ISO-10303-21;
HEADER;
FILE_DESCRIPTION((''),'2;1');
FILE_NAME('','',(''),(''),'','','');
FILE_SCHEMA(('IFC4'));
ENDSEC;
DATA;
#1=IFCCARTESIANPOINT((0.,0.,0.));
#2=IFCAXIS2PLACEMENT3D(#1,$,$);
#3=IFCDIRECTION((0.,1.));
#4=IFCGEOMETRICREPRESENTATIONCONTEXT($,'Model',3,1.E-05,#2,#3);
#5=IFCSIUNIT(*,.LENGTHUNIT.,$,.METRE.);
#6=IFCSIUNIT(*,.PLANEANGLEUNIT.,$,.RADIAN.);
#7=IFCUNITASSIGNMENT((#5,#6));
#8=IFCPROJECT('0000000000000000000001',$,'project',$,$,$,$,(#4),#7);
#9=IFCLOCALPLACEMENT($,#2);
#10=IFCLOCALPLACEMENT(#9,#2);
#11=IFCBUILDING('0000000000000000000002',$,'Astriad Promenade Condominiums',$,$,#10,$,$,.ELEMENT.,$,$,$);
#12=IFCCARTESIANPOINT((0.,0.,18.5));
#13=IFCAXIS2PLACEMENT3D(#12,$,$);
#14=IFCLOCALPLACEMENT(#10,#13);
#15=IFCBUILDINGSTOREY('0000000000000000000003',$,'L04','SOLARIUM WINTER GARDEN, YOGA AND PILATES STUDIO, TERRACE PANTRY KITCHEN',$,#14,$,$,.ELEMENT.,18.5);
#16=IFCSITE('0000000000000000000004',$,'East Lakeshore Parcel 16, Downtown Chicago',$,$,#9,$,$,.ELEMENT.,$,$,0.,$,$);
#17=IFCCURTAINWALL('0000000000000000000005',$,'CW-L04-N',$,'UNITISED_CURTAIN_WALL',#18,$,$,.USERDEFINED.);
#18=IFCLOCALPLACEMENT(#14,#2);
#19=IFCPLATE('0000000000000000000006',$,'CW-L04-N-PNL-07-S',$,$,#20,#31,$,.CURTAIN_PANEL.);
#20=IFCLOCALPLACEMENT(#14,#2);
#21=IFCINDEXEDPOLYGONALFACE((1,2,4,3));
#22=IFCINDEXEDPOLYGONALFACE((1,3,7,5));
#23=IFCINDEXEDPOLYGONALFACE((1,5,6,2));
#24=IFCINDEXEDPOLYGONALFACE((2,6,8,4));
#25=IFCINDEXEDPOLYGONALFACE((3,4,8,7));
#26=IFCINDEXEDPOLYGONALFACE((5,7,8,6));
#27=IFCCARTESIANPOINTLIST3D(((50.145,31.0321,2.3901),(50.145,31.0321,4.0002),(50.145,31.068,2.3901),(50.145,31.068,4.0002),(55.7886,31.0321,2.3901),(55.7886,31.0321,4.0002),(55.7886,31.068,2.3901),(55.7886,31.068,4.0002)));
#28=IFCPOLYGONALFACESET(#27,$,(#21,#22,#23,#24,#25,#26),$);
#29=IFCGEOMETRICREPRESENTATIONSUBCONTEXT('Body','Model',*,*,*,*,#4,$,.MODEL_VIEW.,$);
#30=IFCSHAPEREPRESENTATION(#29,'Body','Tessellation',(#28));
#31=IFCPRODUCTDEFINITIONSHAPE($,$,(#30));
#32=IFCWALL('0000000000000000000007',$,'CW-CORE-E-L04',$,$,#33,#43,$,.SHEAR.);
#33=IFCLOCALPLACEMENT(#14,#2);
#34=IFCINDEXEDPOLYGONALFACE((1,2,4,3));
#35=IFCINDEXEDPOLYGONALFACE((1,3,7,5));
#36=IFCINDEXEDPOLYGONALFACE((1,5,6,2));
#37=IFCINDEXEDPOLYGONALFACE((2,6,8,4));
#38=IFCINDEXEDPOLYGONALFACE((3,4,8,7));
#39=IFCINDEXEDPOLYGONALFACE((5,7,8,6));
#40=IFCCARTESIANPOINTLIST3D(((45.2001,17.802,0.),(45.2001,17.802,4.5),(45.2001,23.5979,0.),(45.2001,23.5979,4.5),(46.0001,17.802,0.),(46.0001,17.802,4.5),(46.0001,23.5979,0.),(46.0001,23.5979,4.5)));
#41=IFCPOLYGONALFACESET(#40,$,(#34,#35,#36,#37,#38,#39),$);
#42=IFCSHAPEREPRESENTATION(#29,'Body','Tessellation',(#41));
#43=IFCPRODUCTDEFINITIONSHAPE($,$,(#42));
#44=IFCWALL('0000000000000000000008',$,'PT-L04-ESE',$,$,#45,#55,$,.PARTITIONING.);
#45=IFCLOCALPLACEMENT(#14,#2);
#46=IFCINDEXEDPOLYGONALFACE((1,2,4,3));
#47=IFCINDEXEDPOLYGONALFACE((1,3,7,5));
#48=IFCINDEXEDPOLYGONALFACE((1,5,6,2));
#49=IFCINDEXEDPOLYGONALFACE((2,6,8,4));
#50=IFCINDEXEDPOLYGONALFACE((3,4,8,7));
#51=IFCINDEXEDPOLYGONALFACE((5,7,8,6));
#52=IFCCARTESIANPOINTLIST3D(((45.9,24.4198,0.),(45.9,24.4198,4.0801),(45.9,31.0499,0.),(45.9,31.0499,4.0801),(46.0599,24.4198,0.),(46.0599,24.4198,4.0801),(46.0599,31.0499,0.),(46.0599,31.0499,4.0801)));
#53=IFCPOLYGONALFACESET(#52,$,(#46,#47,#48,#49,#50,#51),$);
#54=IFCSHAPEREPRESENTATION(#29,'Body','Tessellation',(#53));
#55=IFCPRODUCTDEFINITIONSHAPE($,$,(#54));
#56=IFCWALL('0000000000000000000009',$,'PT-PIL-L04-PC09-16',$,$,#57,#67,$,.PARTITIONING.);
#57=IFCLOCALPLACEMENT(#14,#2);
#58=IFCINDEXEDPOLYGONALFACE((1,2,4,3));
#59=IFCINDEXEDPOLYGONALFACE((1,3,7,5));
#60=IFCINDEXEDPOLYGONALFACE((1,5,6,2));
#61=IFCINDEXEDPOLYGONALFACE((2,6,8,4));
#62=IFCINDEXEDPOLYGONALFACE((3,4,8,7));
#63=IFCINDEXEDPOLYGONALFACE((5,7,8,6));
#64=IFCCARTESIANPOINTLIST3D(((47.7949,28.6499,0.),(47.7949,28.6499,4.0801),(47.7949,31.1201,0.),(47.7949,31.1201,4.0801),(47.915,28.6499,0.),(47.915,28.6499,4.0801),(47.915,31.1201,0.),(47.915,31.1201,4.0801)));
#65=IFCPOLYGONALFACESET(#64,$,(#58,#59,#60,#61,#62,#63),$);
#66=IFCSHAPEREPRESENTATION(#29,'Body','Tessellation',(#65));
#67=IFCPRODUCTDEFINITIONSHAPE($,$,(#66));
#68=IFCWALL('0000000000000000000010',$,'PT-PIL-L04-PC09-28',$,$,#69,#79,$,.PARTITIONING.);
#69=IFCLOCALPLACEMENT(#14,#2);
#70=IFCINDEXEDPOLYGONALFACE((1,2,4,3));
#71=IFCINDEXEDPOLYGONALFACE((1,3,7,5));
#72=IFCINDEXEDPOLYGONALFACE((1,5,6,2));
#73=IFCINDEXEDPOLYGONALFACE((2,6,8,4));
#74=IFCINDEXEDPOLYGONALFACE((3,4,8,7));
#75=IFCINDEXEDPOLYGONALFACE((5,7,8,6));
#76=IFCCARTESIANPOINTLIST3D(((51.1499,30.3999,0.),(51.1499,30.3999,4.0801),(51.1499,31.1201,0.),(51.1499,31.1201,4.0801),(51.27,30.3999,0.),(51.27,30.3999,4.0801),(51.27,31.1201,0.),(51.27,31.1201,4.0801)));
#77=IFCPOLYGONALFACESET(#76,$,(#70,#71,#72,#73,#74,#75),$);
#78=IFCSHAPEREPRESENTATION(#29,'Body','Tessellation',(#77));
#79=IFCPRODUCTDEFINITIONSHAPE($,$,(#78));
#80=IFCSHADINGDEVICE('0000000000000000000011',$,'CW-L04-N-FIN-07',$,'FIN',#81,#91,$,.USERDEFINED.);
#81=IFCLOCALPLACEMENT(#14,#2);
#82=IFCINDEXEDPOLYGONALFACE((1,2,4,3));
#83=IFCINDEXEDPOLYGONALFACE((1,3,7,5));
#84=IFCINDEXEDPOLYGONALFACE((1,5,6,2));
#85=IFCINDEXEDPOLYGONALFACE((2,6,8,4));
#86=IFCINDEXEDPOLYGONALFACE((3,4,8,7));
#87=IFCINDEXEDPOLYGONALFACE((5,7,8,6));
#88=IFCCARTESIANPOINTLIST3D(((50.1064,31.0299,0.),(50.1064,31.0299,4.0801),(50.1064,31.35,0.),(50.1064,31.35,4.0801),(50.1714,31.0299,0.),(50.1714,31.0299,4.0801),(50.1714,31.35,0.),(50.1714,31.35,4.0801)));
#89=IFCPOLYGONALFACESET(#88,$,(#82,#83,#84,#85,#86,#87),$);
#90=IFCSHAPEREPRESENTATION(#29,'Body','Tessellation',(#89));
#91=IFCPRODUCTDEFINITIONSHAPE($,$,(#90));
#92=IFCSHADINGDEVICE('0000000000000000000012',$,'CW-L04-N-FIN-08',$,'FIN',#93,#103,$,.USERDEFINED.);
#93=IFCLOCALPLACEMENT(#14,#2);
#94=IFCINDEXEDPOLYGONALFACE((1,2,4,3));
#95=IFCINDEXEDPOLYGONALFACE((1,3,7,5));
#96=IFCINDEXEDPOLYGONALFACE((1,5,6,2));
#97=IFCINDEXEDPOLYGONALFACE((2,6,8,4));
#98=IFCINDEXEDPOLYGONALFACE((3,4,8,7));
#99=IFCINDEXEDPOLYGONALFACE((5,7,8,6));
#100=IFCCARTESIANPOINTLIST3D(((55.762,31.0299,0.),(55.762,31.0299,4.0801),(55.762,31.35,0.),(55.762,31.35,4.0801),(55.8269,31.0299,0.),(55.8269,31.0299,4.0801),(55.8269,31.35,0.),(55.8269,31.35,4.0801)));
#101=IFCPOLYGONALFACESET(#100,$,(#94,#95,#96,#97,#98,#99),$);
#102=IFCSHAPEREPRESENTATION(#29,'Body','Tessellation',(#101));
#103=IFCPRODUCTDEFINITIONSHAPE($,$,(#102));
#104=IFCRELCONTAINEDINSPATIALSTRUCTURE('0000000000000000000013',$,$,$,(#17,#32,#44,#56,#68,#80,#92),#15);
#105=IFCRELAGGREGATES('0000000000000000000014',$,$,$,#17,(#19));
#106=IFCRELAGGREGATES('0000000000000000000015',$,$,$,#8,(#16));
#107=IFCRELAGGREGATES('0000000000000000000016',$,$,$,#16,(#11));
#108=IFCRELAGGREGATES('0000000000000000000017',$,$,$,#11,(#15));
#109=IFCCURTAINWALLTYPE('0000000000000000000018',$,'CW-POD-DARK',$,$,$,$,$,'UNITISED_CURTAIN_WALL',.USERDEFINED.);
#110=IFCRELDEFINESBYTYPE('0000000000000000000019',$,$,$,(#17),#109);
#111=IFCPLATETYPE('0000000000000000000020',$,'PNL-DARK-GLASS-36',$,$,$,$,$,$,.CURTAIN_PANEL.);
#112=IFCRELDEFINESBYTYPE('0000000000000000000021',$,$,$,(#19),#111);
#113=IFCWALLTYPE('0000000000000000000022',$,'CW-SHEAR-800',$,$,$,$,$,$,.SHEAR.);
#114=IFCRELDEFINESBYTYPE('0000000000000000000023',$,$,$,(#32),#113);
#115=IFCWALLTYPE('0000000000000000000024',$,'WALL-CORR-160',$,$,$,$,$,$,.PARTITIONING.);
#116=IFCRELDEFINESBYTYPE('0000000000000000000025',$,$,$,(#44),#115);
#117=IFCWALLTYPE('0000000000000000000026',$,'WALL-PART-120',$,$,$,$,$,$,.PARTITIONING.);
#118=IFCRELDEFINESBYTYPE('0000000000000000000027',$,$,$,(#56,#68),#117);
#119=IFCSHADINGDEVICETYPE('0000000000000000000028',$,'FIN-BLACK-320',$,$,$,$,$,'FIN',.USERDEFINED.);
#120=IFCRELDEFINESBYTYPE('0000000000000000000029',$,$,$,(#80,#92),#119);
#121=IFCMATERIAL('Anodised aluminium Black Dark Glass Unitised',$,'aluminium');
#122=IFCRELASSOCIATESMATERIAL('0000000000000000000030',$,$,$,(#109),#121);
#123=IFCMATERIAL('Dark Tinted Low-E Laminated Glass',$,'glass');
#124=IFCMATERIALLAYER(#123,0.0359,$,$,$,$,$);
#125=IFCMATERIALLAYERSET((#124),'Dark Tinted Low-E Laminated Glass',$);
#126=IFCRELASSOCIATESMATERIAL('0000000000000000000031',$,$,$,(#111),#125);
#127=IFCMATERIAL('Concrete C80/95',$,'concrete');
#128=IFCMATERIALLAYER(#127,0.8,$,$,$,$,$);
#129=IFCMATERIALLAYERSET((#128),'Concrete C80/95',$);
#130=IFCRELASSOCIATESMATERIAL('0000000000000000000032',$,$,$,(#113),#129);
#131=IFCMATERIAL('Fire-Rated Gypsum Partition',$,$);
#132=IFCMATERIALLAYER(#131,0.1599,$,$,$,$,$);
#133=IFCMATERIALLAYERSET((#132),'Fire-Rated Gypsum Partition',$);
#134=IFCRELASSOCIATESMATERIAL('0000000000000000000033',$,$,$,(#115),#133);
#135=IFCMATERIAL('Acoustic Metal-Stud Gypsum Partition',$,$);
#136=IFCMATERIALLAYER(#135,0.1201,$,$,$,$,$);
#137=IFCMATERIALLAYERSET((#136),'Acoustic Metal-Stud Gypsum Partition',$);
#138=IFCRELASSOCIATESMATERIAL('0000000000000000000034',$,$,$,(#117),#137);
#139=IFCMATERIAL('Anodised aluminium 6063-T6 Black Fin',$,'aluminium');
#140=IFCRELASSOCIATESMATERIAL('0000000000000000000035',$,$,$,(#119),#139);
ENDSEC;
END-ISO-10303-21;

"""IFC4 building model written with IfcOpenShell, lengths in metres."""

from ifc_helpers import new_model, si_unit, direction, frame, frame_2d, origin, origin_2d, place, context, subcontext, project, spatial, rectangle, extrude, source, transform, mapped, material, layer, layer_set, type_object, type_shapes, element, aggregate, save


model = new_model("IFC4")

# Units and contexts
model_context = context("Model", 3, precision=1e-05, world=origin(), true_north=direction((0.0, 1.0)))
body_context = subcontext(model_context, "Body", "Model", "MODEL_VIEW")
ifc_project = project(units=[si_unit("LENGTHUNIT", "METRE"), si_unit("PLANEANGLEUNIT", "RADIAN")], contexts=[model_context])

# Site, building, storey
site_placement = place(None, origin())
site = spatial("IfcSite", under=ifc_project, at=site_placement, Name="East Lakeshore Parcel 16, Downtown Chicago", CompositionType="ELEMENT", RefElevation=0.0)
building_placement = place(site_placement, origin())
building = spatial("IfcBuilding", under=site, at=building_placement, Name="Astriad Promenade Condominiums", CompositionType="ELEMENT")
storey_placement = place(building_placement, frame((0.0, 0.0, 18.5)))
storey = spatial("IfcBuildingStorey", under=building, at=storey_placement, Name="L04", Description="SOLARIUM WINTER GARDEN, YOGA AND PILATES STUDIO, TERRACE PANTRY KITCHEN", CompositionType="ELEMENT", Elevation=18.5)

# Curtain wall
ifc_material_1 = material(Name="Anodised aluminium Black Dark Glass Unitised", Category="aluminium")
curtain_wall_type = type_object("IfcCurtainWallType", Name="CW-POD-DARK", ElementType="UNITISED_CURTAIN_WALL", PredefinedType="USERDEFINED", material=ifc_material_1)
curtain_wall_placement = place(storey_placement, origin())
curtain_wall = element("IfcCurtainWall", 1, at=curtain_wall_placement, inside=storey, type_object=curtain_wall_type, Name="CW-L04-N", ObjectType="UNITISED_CURTAIN_WALL", PredefinedType="USERDEFINED")

# Plate
ifc_material_2 = material(Name="Dark Tinted Low-E Laminated Glass", Category="glass")
ifc_layer_1 = layer(ifc_material_2, 0.0359)
ifc_layer_set_1 = layer_set([ifc_layer_1], Name="Dark Tinted Low-E Laminated Glass")
plate_type_1 = type_object("IfcPlateType", Name="PNL-DARK-GLASS-36", PredefinedType="CURTAIN_PANEL", material=ifc_layer_set_1)
shared_shape_1 = source(origin(), body_context, "Body", "SweptSolid", [
    extrude(rectangle(XDim=5.6436, YDim=0.0359, at=origin_2d()), origin(), (0.0, 0.0, 1.0), 1.6101),
])
plate_1_placement = place(storey_placement, frame((52.9668, 31.05, 2.3901), z_axis=(0.0, 0.0, 1.0), x_axis=(1.0, 0.0, 0.0)))
plate_1 = element("IfcPlate", 2, at=plate_1_placement, type_object=plate_type_1, Name="CW-L04-N-PNL-07-S", PredefinedType="CURTAIN_PANEL", context=body_context, shape_type="MappedRepresentation", body=[
    mapped(shared_shape_1, transform((0.0, 0.0, 0.0), scale=1.0)),
])
aggregate(curtain_wall, [plate_1])

# Walls
ifc_material_3 = material(Name="Concrete C80/95", Category="concrete")
ifc_layer_2 = layer(ifc_material_3, 0.8)
ifc_layer_set_2 = layer_set([ifc_layer_2], Name="Concrete C80/95")
wall_type_1 = type_object("IfcWallType", Name="CW-SHEAR-800", PredefinedType="SHEAR", material=ifc_layer_set_2)
wall_1_placement = place(storey_placement, frame((45.6001, 17.802, 0.0), z_axis=(0.0, 0.0, 1.0), x_axis=(0.0, 1.0, 0.0)))
element("IfcWall", 3, at=wall_1_placement, inside=storey, type_object=wall_type_1, Name="CW-CORE-E-L04", PredefinedType="SHEAR", context=body_context, shape_type="SweptSolid", body=[
    extrude(rectangle(XDim=5.7959, YDim=0.8, at=frame_2d((2.8979, 0.0))), origin(), (0.0, 0.0, 1.0), 4.5),
])
ifc_material_4 = material(Name="Fire-Rated Gypsum Partition")
ifc_layer_3 = layer(ifc_material_4, 0.1599)
ifc_layer_set_3 = layer_set([ifc_layer_3], Name="Fire-Rated Gypsum Partition")
wall_type_2 = type_object("IfcWallType", Name="WALL-CORR-160", PredefinedType="PARTITIONING", material=ifc_layer_set_3)
wall_2_placement = place(storey_placement, frame((45.98, 24.4199, 0.0), z_axis=(0.0, 0.0, 1.0), x_axis=(0.0, 1.0, 0.0)))
element("IfcWall", 4, at=wall_2_placement, inside=storey, type_object=wall_type_2, Name="PT-L04-ESE", PredefinedType="PARTITIONING", context=body_context, shape_type="SweptSolid", body=[
    extrude(rectangle(XDim=6.6301, YDim=0.1599, at=frame_2d((3.3149, 0.0))), origin(), (0.0, 0.0, 1.0), 4.0801),
])
ifc_material_5 = material(Name="Acoustic Metal-Stud Gypsum Partition")
ifc_layer_4 = layer(ifc_material_5, 0.1201)
ifc_layer_set_4 = layer_set([ifc_layer_4], Name="Acoustic Metal-Stud Gypsum Partition")
wall_type_3 = type_object("IfcWallType", Name="WALL-PART-120", PredefinedType="PARTITIONING", material=ifc_layer_set_4)
wall_3_placement = place(storey_placement, frame((47.855, 28.6499, 0.0), z_axis=(0.0, 0.0, 1.0), x_axis=(0.0, 1.0, 0.0)))
element("IfcWall", 5, at=wall_3_placement, inside=storey, type_object=wall_type_3, Name="PT-PIL-L04-PC09-16", PredefinedType="PARTITIONING", context=body_context, shape_type="SweptSolid", body=[
    extrude(rectangle(XDim=2.4702, YDim=0.1201, at=frame_2d((1.2351, 0.0))), origin(), (0.0, 0.0, 1.0), 4.0801),
])
wall_4_placement = place(storey_placement, frame((51.21, 30.3999, 0.0), z_axis=(0.0, 0.0, 1.0), x_axis=(0.0, 1.0, 0.0)))
element("IfcWall", 6, at=wall_4_placement, inside=storey, type_object=wall_type_3, Name="PT-PIL-L04-PC09-28", PredefinedType="PARTITIONING", context=body_context, shape_type="SweptSolid", body=[
    extrude(rectangle(XDim=0.7202, YDim=0.1201, at=frame_2d((0.3601, 0.0))), origin(), (0.0, 0.0, 1.0), 4.0801),
])

# Shading devices
ifc_material_6 = material(Name="Anodised aluminium 6063-T6 Black Fin", Category="aluminium")
shading_device_type = type_object("IfcShadingDeviceType", Name="FIN-BLACK-320", ElementType="FIN", PredefinedType="USERDEFINED", material=ifc_material_6)
shared_shape_2 = source(origin(), body_context, "Body", "SweptSolid", [
    extrude(rectangle(XDim=0.0649, YDim=0.3201, at=origin_2d()), origin(), (0.0, 0.0, 1.0), 4.0801),
])
type_shapes(shading_device_type, [shared_shape_2])
for number, where, z_axis, x_axis, name in (
    (7, (50.1389, 31.1899, 0.0), (0.0, 0.0, 1.0), (1.0, 0.0, 0.0), "CW-L04-N-FIN-07"),
    (8, (55.7944, 31.1899, 0.0), (0.0, 0.0, 1.0), (1.0, 0.0, 0.0), "CW-L04-N-FIN-08"),
):
    element("IfcShadingDevice", number, at=place(storey_placement, frame(where, z_axis=z_axis, x_axis=x_axis)), inside=storey, type_object=shading_device_type, Name=name, ObjectType="FIN", PredefinedType="USERDEFINED", context=body_context, shape_type="MappedRepresentation", body=[
        mapped(shared_shape_2, transform((0.0, 0.0, 0.0), scale=1.0)),
    ])

save(model, "model.ifc")
